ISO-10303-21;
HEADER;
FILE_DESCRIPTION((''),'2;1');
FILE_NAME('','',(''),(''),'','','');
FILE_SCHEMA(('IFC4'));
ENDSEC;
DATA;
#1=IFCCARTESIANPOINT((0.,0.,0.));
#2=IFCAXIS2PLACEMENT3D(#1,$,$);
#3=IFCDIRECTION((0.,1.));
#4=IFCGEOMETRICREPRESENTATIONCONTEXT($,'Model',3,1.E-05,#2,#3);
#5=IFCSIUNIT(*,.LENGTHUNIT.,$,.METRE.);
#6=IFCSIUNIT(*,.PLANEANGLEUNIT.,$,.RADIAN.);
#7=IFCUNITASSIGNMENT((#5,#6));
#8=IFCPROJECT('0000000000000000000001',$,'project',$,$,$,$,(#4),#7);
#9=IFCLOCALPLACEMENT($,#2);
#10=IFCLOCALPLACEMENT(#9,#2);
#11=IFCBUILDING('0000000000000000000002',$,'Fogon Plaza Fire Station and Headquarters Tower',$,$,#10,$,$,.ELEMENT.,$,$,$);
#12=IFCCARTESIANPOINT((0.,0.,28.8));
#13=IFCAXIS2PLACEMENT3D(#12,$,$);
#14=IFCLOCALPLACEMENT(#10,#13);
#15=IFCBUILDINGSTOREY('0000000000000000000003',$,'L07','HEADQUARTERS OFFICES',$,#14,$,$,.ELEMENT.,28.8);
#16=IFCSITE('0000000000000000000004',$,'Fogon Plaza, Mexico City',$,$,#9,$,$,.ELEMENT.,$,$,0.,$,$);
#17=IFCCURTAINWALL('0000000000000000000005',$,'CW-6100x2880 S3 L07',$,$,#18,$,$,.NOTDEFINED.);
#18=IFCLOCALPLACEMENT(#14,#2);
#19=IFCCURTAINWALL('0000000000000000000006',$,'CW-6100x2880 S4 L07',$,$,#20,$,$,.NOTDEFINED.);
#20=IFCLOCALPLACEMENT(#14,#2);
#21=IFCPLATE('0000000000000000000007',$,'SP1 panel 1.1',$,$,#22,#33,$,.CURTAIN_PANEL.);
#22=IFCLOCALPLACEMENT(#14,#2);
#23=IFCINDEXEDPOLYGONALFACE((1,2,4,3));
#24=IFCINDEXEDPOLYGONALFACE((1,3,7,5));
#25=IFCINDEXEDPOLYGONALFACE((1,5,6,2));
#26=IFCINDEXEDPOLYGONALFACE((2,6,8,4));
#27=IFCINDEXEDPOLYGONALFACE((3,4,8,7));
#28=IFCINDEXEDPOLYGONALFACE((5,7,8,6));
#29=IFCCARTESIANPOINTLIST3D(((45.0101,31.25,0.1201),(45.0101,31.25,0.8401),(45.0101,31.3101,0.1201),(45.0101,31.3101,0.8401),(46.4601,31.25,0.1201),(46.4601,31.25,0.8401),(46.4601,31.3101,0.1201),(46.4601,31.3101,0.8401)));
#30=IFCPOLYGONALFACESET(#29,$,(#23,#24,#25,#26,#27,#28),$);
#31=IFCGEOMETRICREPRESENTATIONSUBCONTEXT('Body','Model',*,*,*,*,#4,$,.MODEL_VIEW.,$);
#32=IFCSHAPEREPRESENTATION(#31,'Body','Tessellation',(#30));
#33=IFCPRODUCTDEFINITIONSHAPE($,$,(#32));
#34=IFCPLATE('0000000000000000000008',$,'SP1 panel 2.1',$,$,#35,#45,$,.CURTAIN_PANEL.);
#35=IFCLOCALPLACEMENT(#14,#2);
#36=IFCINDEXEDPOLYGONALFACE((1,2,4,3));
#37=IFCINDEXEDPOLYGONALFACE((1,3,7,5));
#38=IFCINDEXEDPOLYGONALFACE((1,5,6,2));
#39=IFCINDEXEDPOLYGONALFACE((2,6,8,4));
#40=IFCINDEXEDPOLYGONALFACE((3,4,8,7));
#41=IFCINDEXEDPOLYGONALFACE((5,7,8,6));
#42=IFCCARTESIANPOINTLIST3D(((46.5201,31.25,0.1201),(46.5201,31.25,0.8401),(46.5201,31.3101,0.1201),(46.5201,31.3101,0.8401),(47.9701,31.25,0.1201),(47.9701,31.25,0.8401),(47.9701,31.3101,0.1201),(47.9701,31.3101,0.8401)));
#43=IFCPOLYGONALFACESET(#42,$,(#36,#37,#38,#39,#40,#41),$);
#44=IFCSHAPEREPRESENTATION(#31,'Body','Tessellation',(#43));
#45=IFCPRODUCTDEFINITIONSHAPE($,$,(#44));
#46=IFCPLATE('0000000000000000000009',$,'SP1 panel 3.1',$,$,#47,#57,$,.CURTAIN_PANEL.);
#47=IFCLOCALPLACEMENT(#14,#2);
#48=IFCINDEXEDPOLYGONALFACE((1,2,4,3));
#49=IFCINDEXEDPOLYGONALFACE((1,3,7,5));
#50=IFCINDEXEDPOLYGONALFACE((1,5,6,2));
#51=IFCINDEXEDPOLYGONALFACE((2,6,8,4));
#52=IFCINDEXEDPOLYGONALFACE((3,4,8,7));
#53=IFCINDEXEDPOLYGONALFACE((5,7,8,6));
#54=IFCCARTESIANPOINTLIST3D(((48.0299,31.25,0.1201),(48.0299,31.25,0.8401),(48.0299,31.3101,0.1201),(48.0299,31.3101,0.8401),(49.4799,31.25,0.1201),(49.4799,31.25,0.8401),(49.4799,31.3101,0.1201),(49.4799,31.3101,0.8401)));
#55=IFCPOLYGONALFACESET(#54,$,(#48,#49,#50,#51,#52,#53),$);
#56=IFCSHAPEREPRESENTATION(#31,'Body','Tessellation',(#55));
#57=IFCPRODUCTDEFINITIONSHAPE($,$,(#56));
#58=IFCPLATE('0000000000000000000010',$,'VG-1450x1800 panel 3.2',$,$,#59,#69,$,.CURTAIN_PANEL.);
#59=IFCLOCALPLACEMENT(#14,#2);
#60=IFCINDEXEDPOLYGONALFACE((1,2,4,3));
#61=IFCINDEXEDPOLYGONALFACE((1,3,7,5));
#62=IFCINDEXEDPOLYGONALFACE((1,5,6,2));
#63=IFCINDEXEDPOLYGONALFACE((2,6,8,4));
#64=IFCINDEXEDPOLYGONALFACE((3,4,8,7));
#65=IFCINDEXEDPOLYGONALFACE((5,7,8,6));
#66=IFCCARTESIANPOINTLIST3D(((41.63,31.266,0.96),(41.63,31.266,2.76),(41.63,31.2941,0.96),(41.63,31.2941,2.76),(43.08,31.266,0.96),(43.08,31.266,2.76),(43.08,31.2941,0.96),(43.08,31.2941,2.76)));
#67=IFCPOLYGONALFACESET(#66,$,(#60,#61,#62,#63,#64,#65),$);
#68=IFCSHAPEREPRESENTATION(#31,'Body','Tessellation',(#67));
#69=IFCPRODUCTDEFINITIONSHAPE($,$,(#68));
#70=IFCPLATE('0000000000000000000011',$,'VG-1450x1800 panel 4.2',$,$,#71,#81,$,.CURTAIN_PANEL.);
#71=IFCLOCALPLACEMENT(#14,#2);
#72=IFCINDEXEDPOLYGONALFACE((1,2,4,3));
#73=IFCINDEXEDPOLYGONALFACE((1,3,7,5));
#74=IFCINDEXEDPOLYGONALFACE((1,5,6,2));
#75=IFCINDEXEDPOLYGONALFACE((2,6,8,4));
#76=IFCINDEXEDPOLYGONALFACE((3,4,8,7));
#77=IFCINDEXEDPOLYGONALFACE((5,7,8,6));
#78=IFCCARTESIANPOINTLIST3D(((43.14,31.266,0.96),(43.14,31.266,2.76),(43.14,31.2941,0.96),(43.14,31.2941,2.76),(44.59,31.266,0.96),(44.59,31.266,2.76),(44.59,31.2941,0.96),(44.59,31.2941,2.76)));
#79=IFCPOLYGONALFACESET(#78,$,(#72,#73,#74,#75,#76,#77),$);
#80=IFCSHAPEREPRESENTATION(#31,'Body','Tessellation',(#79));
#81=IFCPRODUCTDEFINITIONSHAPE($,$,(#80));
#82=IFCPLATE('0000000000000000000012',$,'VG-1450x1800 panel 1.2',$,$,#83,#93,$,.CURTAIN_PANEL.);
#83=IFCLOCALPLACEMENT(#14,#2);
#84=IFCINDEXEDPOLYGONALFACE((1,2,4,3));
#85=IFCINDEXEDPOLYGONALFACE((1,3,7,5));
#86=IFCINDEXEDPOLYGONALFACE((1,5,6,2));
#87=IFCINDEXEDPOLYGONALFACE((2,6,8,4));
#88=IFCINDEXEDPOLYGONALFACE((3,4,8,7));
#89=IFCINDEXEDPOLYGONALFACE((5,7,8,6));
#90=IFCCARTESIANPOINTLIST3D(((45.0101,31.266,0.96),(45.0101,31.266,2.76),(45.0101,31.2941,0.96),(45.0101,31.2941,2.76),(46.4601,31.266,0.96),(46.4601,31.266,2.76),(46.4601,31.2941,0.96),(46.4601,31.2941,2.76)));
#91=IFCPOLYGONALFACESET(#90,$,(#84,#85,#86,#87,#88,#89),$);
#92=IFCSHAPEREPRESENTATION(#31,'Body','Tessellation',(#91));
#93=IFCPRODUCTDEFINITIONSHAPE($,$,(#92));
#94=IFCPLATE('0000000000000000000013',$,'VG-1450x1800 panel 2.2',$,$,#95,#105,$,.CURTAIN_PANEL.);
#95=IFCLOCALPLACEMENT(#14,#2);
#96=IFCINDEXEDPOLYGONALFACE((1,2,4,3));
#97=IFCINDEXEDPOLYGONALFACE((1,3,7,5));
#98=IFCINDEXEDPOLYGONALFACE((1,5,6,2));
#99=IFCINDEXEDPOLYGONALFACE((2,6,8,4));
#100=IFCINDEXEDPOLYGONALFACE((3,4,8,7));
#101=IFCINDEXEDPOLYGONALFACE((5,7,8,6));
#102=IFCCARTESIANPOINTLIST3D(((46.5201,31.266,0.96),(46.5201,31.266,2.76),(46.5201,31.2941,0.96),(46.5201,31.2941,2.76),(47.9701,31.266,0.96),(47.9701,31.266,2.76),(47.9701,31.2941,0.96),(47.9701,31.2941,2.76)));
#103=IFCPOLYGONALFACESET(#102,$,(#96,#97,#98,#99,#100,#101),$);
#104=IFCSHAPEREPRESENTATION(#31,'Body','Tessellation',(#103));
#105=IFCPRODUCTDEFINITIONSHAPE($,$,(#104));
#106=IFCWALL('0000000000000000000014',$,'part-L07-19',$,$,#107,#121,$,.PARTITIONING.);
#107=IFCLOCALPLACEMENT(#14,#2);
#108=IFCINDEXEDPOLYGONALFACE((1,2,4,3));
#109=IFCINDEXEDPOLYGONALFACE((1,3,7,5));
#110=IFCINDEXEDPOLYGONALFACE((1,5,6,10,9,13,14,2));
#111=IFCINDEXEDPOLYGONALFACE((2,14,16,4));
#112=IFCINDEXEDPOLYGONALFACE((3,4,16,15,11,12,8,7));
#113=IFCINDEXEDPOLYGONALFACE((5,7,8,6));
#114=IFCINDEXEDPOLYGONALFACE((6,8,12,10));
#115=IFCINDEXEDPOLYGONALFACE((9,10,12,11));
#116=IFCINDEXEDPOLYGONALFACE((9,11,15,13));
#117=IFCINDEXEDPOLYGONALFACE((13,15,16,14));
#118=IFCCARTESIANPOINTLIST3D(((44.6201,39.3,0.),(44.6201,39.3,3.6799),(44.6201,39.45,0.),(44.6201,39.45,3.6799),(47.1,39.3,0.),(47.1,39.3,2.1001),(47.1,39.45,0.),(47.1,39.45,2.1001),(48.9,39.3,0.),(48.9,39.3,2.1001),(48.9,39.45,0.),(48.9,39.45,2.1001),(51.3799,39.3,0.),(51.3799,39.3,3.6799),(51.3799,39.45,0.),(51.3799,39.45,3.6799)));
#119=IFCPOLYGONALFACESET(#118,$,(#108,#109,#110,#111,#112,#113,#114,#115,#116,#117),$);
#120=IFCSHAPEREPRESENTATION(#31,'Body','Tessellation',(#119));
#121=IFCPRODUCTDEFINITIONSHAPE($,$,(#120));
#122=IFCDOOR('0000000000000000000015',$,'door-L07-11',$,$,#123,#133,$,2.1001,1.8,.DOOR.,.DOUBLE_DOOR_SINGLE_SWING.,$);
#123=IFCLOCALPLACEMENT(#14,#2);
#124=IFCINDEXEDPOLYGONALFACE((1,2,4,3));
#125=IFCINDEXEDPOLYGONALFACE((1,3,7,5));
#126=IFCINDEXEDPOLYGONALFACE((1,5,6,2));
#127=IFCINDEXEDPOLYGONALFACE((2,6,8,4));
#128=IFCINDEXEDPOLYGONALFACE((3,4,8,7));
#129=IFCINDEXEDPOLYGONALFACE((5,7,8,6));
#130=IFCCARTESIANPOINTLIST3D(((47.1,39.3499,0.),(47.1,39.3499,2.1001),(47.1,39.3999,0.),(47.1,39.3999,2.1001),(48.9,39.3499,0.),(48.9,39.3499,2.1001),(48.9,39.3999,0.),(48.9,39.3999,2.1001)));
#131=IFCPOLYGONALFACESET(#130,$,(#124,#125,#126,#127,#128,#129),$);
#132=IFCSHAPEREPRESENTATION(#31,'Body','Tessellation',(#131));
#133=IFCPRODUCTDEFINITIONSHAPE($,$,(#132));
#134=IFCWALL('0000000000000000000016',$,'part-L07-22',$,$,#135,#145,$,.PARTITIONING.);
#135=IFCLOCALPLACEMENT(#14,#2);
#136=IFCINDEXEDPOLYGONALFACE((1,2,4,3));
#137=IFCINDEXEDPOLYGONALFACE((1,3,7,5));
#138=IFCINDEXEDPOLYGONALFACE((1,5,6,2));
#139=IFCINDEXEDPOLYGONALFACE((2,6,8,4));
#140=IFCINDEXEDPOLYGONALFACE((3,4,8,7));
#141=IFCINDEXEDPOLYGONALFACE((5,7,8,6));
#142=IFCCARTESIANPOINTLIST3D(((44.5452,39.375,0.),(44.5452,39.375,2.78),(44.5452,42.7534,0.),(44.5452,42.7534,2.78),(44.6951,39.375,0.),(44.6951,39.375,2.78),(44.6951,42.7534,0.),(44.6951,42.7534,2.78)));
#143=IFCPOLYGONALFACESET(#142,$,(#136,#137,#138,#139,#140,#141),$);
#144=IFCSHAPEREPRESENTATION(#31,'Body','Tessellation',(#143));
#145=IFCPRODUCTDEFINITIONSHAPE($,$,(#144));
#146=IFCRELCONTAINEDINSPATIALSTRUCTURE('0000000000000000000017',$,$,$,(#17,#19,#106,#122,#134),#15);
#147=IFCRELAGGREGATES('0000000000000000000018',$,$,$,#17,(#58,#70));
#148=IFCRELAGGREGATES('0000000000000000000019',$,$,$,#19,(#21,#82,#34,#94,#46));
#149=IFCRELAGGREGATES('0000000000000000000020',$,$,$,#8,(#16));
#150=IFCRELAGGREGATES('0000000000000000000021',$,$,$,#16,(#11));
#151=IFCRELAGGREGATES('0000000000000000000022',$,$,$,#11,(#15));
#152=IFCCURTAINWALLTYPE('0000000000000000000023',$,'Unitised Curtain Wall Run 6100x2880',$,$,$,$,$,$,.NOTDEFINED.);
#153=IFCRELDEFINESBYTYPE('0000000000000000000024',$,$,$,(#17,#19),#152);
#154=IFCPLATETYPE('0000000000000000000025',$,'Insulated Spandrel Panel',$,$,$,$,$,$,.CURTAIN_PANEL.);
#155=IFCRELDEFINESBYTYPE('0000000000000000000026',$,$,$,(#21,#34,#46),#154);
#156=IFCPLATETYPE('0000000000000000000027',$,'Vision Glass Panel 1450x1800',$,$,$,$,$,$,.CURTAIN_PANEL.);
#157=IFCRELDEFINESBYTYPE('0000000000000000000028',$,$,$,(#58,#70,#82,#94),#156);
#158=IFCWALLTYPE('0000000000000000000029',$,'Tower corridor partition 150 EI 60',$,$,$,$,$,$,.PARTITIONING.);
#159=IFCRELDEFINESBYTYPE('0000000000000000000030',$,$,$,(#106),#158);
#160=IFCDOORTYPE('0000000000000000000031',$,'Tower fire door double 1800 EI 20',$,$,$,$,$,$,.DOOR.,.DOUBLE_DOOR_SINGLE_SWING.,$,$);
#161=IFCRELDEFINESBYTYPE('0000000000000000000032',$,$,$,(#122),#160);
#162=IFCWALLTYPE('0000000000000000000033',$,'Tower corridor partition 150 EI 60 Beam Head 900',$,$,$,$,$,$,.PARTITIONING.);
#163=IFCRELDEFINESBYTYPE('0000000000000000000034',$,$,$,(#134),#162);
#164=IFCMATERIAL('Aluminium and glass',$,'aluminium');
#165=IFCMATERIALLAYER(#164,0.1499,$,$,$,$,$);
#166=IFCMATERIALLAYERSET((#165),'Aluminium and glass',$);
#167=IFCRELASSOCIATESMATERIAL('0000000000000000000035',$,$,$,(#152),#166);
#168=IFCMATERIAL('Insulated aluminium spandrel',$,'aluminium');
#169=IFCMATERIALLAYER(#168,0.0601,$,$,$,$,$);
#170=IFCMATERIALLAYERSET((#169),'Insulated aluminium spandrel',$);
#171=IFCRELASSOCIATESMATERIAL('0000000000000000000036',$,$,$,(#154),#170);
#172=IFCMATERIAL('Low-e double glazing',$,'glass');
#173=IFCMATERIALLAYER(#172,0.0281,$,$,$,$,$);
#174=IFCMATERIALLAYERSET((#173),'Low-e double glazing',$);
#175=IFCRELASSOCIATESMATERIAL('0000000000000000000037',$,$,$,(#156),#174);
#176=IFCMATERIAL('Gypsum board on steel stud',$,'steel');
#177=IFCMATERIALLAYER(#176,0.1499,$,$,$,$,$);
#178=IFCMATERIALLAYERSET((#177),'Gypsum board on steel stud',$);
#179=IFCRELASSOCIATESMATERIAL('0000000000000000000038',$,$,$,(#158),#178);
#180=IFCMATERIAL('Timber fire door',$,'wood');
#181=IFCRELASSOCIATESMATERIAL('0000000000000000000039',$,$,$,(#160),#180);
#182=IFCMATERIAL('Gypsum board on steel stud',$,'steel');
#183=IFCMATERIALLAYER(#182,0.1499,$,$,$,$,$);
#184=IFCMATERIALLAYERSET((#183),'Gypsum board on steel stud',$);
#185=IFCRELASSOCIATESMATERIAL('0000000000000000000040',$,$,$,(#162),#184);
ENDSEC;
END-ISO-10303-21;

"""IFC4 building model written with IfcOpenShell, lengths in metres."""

from ifc_helpers import new_model, si_unit, direction, frame, frame_2d, origin, origin_2d, place, context, subcontext, project, spatial, rectangle, extrude, material, layer, layer_set, type_object, element, fill, aggregate, save


model = new_model("IFC4")

# Units and contexts
model_context = context("Model", 3, precision=1e-05, world=origin(), true_north=direction((0.0, 1.0)))
body_context = subcontext(model_context, "Body", "Model", "MODEL_VIEW")
ifc_project = project(units=[si_unit("LENGTHUNIT", "METRE"), si_unit("PLANEANGLEUNIT", "RADIAN")], contexts=[model_context])

# Site, building, storey
site_placement = place(None, origin())
site = spatial("IfcSite", under=ifc_project, at=site_placement, Name="Fogon Plaza, Mexico City", CompositionType="ELEMENT", RefElevation=0.0)
building_placement = place(site_placement, origin())
building = spatial("IfcBuilding", under=site, at=building_placement, Name="Fogon Plaza Fire Station and Headquarters Tower", CompositionType="ELEMENT")
storey_placement = place(building_placement, frame((0.0, 0.0, 28.8)))
storey = spatial("IfcBuildingStorey", under=building, at=storey_placement, Name="L07", Description="HEADQUARTERS OFFICES", CompositionType="ELEMENT", Elevation=28.8)

# Curtain walls
ifc_material_1 = material(Name="Aluminium and glass", Category="aluminium")
ifc_layer_1 = layer(ifc_material_1, 0.1499)
ifc_layer_set_1 = layer_set([ifc_layer_1], Name="Aluminium and glass")
curtain_wall_type = type_object("IfcCurtainWallType", Name="Unitised Curtain Wall Run 6100x2880", PredefinedType="NOTDEFINED", material=ifc_layer_set_1)
curtain_wall_1_placement = place(storey_placement, origin())
curtain_wall_1 = element("IfcCurtainWall", 1, at=curtain_wall_1_placement, inside=storey, type_object=curtain_wall_type, Name="CW-6100x2880 S3 L07", PredefinedType="NOTDEFINED")
curtain_wall_2_placement = place(storey_placement, origin())
curtain_wall_2 = element("IfcCurtainWall", 2, at=curtain_wall_2_placement, inside=storey, type_object=curtain_wall_type, Name="CW-6100x2880 S4 L07", PredefinedType="NOTDEFINED")

# Plates
ifc_material_2 = material(Name="Insulated aluminium spandrel", Category="aluminium")
ifc_layer_2 = layer(ifc_material_2, 0.0601)
ifc_layer_set_2 = layer_set([ifc_layer_2], Name="Insulated aluminium spandrel")
plate_type_1 = type_object("IfcPlateType", Name="Insulated Spandrel Panel", PredefinedType="CURTAIN_PANEL", material=ifc_layer_set_2)
plate_1_placement = place(storey_placement, frame((45.7351, 31.28, 0.1201), z_axis=(0.0, 0.0, 1.0), x_axis=(1.0, 0.0, 0.0)))
plate_1 = element("IfcPlate", 3, at=plate_1_placement, type_object=plate_type_1, Name="SP1 panel 1.1", PredefinedType="CURTAIN_PANEL", context=body_context, shape_type="SweptSolid", body=[
    extrude(rectangle(XDim=1.45, YDim=0.0601, at=origin_2d()), origin(), (0.0, 0.0, 1.0), 0.72),
])
plate_2_placement = place(storey_placement, frame((47.2451, 31.28, 0.1201), z_axis=(0.0, 0.0, 1.0), x_axis=(1.0, 0.0, 0.0)))
plate_2 = element("IfcPlate", 4, at=plate_2_placement, type_object=plate_type_1, Name="SP1 panel 2.1", PredefinedType="CURTAIN_PANEL", context=body_context, shape_type="SweptSolid", body=[
    extrude(rectangle(XDim=1.45, YDim=0.0601, at=origin_2d()), origin(), (0.0, 0.0, 1.0), 0.72),
])
plate_3_placement = place(storey_placement, frame((48.7549, 31.28, 0.1201), z_axis=(0.0, 0.0, 1.0), x_axis=(1.0, 0.0, 0.0)))
plate_3 = element("IfcPlate", 5, at=plate_3_placement, type_object=plate_type_1, Name="SP1 panel 3.1", PredefinedType="CURTAIN_PANEL", context=body_context, shape_type="SweptSolid", body=[
    extrude(rectangle(XDim=1.45, YDim=0.0601, at=origin_2d()), origin(), (0.0, 0.0, 1.0), 0.72),
])
ifc_material_3 = material(Name="Low-e double glazing", Category="glass")
ifc_layer_3 = layer(ifc_material_3, 0.0281)
ifc_layer_set_3 = layer_set([ifc_layer_3], Name="Low-e double glazing")
plate_type_2 = type_object("IfcPlateType", Name="Vision Glass Panel 1450x1800", PredefinedType="CURTAIN_PANEL", material=ifc_layer_set_3)
plate_4_placement = place(storey_placement, frame((42.355, 31.28, 0.96), z_axis=(0.0, 0.0, 1.0), x_axis=(1.0, 0.0, 0.0)))
plate_4 = element("IfcPlate", 6, at=plate_4_placement, type_object=plate_type_2, Name="VG-1450x1800 panel 3.2", PredefinedType="CURTAIN_PANEL", context=body_context, shape_type="SweptSolid", body=[
    extrude(rectangle(XDim=1.45, YDim=0.0281, at=origin_2d()), origin(), (0.0, 0.0, 1.0), 1.8),
])
plate_5_placement = place(storey_placement, frame((43.865, 31.28, 0.96), z_axis=(0.0, 0.0, 1.0), x_axis=(1.0, 0.0, 0.0)))
plate_5 = element("IfcPlate", 7, at=plate_5_placement, type_object=plate_type_2, Name="VG-1450x1800 panel 4.2", PredefinedType="CURTAIN_PANEL", context=body_context, shape_type="SweptSolid", body=[
    extrude(rectangle(XDim=1.45, YDim=0.0281, at=origin_2d()), origin(), (0.0, 0.0, 1.0), 1.8),
])
aggregate(curtain_wall_1, [plate_4, plate_5])
plate_6_placement = place(storey_placement, frame((45.7351, 31.28, 0.96), z_axis=(0.0, 0.0, 1.0), x_axis=(1.0, 0.0, 0.0)))
plate_6 = element("IfcPlate", 8, at=plate_6_placement, type_object=plate_type_2, Name="VG-1450x1800 panel 1.2", PredefinedType="CURTAIN_PANEL", context=body_context, shape_type="SweptSolid", body=[
    extrude(rectangle(XDim=1.45, YDim=0.0281, at=origin_2d()), origin(), (0.0, 0.0, 1.0), 1.8),
])
plate_7_placement = place(storey_placement, frame((47.2451, 31.28, 0.96), z_axis=(0.0, 0.0, 1.0), x_axis=(1.0, 0.0, 0.0)))
plate_7 = element("IfcPlate", 9, at=plate_7_placement, type_object=plate_type_2, Name="VG-1450x1800 panel 2.2", PredefinedType="CURTAIN_PANEL", context=body_context, shape_type="SweptSolid", body=[
    extrude(rectangle(XDim=1.45, YDim=0.0281, at=origin_2d()), origin(), (0.0, 0.0, 1.0), 1.8),
])
aggregate(curtain_wall_2, [plate_1, plate_6, plate_2, plate_7, plate_3])

# Wall, opening, door
ifc_material_4 = material(Name="Gypsum board on steel stud", Category="steel")
ifc_layer_4 = layer(ifc_material_4, 0.1499)
ifc_layer_set_4 = layer_set([ifc_layer_4], Name="Gypsum board on steel stud")
wall_type_1 = type_object("IfcWallType", Name="Tower corridor partition 150 EI 60", PredefinedType="PARTITIONING", material=ifc_layer_set_4)
wall_1_placement = place(storey_placement, frame((44.6201, 39.375, 0.0), z_axis=(0.0, 0.0, 1.0), x_axis=(1.0, 0.0, 0.0)))
wall_1 = element("IfcWall", 10, at=wall_1_placement, inside=storey, type_object=wall_type_1, Name="part-L07-19", PredefinedType="PARTITIONING", context=body_context, shape_type="SweptSolid", body=[
    extrude(rectangle(XDim=6.7598, YDim=0.1499, at=frame_2d((3.3799, 0.0))), origin(), (0.0, 0.0, 1.0), 3.6799),
])
opening_placement = place(wall_1_placement, frame((2.48, 0.0, 0.0)))
opening = element("IfcOpeningElement", 11, at=opening_placement, cuts=wall_1, PredefinedType="OPENING", context=body_context, shape_type="SweptSolid", body=[
    extrude(rectangle(XDim=1.8, YDim=2.1001, at=frame_2d((0.8999, 1.05))), frame((0.0, 0.085, 0.0), z_axis=(0.0, -1.0, 0.0), x_axis=(1.0, 0.0, 0.0)), (0.0, 0.0, 1.0), 0.1699),
])
ifc_material_5 = material(Name="Timber fire door", Category="wood")
door_type = type_object("IfcDoorType", Name="Tower fire door double 1800 EI 20", OperationType="DOUBLE_DOOR_SINGLE_SWING", PredefinedType="DOOR", material=ifc_material_5)
door_placement = place(opening_placement, origin())
door = element("IfcDoor", 12, at=door_placement, inside=storey, type_object=door_type, Name="door-L07-11", OperationType="DOUBLE_DOOR_SINGLE_SWING", OverallHeight=2.1001, OverallWidth=1.8, PredefinedType="DOOR", context=body_context, shape_type="SweptSolid", body=[
    extrude(rectangle(XDim=1.8, YDim=2.1001, at=frame_2d((0.8999, 1.05))), frame((0.0, 0.0249, 0.0), z_axis=(0.0, -1.0, 0.0), x_axis=(1.0, 0.0, 0.0)), (0.0, 0.0, 1.0), 0.05),
])
fill(opening, door)

# Wall
ifc_material_6 = material(Name="Gypsum board on steel stud", Category="steel")
ifc_layer_5 = layer(ifc_material_6, 0.1499)
ifc_layer_set_5 = layer_set([ifc_layer_5], Name="Gypsum board on steel stud")
wall_type_2 = type_object("IfcWallType", Name="Tower corridor partition 150 EI 60 Beam Head 900", PredefinedType="PARTITIONING", material=ifc_layer_set_5)
wall_2_placement = place(storey_placement, frame((44.6201, 39.375, 0.0), z_axis=(0.0, 0.0, 1.0), x_axis=(0.0, 1.0, 0.0)))
element("IfcWall", 13, at=wall_2_placement, inside=storey, type_object=wall_type_2, Name="part-L07-22", PredefinedType="PARTITIONING", context=body_context, shape_type="SweptSolid", body=[
    extrude(rectangle(XDim=3.3784, YDim=0.1499, at=frame_2d((1.6892, 0.0))), origin(), (0.0, 0.0, 1.0), 2.78),
])

save(model, "model.ifc")
